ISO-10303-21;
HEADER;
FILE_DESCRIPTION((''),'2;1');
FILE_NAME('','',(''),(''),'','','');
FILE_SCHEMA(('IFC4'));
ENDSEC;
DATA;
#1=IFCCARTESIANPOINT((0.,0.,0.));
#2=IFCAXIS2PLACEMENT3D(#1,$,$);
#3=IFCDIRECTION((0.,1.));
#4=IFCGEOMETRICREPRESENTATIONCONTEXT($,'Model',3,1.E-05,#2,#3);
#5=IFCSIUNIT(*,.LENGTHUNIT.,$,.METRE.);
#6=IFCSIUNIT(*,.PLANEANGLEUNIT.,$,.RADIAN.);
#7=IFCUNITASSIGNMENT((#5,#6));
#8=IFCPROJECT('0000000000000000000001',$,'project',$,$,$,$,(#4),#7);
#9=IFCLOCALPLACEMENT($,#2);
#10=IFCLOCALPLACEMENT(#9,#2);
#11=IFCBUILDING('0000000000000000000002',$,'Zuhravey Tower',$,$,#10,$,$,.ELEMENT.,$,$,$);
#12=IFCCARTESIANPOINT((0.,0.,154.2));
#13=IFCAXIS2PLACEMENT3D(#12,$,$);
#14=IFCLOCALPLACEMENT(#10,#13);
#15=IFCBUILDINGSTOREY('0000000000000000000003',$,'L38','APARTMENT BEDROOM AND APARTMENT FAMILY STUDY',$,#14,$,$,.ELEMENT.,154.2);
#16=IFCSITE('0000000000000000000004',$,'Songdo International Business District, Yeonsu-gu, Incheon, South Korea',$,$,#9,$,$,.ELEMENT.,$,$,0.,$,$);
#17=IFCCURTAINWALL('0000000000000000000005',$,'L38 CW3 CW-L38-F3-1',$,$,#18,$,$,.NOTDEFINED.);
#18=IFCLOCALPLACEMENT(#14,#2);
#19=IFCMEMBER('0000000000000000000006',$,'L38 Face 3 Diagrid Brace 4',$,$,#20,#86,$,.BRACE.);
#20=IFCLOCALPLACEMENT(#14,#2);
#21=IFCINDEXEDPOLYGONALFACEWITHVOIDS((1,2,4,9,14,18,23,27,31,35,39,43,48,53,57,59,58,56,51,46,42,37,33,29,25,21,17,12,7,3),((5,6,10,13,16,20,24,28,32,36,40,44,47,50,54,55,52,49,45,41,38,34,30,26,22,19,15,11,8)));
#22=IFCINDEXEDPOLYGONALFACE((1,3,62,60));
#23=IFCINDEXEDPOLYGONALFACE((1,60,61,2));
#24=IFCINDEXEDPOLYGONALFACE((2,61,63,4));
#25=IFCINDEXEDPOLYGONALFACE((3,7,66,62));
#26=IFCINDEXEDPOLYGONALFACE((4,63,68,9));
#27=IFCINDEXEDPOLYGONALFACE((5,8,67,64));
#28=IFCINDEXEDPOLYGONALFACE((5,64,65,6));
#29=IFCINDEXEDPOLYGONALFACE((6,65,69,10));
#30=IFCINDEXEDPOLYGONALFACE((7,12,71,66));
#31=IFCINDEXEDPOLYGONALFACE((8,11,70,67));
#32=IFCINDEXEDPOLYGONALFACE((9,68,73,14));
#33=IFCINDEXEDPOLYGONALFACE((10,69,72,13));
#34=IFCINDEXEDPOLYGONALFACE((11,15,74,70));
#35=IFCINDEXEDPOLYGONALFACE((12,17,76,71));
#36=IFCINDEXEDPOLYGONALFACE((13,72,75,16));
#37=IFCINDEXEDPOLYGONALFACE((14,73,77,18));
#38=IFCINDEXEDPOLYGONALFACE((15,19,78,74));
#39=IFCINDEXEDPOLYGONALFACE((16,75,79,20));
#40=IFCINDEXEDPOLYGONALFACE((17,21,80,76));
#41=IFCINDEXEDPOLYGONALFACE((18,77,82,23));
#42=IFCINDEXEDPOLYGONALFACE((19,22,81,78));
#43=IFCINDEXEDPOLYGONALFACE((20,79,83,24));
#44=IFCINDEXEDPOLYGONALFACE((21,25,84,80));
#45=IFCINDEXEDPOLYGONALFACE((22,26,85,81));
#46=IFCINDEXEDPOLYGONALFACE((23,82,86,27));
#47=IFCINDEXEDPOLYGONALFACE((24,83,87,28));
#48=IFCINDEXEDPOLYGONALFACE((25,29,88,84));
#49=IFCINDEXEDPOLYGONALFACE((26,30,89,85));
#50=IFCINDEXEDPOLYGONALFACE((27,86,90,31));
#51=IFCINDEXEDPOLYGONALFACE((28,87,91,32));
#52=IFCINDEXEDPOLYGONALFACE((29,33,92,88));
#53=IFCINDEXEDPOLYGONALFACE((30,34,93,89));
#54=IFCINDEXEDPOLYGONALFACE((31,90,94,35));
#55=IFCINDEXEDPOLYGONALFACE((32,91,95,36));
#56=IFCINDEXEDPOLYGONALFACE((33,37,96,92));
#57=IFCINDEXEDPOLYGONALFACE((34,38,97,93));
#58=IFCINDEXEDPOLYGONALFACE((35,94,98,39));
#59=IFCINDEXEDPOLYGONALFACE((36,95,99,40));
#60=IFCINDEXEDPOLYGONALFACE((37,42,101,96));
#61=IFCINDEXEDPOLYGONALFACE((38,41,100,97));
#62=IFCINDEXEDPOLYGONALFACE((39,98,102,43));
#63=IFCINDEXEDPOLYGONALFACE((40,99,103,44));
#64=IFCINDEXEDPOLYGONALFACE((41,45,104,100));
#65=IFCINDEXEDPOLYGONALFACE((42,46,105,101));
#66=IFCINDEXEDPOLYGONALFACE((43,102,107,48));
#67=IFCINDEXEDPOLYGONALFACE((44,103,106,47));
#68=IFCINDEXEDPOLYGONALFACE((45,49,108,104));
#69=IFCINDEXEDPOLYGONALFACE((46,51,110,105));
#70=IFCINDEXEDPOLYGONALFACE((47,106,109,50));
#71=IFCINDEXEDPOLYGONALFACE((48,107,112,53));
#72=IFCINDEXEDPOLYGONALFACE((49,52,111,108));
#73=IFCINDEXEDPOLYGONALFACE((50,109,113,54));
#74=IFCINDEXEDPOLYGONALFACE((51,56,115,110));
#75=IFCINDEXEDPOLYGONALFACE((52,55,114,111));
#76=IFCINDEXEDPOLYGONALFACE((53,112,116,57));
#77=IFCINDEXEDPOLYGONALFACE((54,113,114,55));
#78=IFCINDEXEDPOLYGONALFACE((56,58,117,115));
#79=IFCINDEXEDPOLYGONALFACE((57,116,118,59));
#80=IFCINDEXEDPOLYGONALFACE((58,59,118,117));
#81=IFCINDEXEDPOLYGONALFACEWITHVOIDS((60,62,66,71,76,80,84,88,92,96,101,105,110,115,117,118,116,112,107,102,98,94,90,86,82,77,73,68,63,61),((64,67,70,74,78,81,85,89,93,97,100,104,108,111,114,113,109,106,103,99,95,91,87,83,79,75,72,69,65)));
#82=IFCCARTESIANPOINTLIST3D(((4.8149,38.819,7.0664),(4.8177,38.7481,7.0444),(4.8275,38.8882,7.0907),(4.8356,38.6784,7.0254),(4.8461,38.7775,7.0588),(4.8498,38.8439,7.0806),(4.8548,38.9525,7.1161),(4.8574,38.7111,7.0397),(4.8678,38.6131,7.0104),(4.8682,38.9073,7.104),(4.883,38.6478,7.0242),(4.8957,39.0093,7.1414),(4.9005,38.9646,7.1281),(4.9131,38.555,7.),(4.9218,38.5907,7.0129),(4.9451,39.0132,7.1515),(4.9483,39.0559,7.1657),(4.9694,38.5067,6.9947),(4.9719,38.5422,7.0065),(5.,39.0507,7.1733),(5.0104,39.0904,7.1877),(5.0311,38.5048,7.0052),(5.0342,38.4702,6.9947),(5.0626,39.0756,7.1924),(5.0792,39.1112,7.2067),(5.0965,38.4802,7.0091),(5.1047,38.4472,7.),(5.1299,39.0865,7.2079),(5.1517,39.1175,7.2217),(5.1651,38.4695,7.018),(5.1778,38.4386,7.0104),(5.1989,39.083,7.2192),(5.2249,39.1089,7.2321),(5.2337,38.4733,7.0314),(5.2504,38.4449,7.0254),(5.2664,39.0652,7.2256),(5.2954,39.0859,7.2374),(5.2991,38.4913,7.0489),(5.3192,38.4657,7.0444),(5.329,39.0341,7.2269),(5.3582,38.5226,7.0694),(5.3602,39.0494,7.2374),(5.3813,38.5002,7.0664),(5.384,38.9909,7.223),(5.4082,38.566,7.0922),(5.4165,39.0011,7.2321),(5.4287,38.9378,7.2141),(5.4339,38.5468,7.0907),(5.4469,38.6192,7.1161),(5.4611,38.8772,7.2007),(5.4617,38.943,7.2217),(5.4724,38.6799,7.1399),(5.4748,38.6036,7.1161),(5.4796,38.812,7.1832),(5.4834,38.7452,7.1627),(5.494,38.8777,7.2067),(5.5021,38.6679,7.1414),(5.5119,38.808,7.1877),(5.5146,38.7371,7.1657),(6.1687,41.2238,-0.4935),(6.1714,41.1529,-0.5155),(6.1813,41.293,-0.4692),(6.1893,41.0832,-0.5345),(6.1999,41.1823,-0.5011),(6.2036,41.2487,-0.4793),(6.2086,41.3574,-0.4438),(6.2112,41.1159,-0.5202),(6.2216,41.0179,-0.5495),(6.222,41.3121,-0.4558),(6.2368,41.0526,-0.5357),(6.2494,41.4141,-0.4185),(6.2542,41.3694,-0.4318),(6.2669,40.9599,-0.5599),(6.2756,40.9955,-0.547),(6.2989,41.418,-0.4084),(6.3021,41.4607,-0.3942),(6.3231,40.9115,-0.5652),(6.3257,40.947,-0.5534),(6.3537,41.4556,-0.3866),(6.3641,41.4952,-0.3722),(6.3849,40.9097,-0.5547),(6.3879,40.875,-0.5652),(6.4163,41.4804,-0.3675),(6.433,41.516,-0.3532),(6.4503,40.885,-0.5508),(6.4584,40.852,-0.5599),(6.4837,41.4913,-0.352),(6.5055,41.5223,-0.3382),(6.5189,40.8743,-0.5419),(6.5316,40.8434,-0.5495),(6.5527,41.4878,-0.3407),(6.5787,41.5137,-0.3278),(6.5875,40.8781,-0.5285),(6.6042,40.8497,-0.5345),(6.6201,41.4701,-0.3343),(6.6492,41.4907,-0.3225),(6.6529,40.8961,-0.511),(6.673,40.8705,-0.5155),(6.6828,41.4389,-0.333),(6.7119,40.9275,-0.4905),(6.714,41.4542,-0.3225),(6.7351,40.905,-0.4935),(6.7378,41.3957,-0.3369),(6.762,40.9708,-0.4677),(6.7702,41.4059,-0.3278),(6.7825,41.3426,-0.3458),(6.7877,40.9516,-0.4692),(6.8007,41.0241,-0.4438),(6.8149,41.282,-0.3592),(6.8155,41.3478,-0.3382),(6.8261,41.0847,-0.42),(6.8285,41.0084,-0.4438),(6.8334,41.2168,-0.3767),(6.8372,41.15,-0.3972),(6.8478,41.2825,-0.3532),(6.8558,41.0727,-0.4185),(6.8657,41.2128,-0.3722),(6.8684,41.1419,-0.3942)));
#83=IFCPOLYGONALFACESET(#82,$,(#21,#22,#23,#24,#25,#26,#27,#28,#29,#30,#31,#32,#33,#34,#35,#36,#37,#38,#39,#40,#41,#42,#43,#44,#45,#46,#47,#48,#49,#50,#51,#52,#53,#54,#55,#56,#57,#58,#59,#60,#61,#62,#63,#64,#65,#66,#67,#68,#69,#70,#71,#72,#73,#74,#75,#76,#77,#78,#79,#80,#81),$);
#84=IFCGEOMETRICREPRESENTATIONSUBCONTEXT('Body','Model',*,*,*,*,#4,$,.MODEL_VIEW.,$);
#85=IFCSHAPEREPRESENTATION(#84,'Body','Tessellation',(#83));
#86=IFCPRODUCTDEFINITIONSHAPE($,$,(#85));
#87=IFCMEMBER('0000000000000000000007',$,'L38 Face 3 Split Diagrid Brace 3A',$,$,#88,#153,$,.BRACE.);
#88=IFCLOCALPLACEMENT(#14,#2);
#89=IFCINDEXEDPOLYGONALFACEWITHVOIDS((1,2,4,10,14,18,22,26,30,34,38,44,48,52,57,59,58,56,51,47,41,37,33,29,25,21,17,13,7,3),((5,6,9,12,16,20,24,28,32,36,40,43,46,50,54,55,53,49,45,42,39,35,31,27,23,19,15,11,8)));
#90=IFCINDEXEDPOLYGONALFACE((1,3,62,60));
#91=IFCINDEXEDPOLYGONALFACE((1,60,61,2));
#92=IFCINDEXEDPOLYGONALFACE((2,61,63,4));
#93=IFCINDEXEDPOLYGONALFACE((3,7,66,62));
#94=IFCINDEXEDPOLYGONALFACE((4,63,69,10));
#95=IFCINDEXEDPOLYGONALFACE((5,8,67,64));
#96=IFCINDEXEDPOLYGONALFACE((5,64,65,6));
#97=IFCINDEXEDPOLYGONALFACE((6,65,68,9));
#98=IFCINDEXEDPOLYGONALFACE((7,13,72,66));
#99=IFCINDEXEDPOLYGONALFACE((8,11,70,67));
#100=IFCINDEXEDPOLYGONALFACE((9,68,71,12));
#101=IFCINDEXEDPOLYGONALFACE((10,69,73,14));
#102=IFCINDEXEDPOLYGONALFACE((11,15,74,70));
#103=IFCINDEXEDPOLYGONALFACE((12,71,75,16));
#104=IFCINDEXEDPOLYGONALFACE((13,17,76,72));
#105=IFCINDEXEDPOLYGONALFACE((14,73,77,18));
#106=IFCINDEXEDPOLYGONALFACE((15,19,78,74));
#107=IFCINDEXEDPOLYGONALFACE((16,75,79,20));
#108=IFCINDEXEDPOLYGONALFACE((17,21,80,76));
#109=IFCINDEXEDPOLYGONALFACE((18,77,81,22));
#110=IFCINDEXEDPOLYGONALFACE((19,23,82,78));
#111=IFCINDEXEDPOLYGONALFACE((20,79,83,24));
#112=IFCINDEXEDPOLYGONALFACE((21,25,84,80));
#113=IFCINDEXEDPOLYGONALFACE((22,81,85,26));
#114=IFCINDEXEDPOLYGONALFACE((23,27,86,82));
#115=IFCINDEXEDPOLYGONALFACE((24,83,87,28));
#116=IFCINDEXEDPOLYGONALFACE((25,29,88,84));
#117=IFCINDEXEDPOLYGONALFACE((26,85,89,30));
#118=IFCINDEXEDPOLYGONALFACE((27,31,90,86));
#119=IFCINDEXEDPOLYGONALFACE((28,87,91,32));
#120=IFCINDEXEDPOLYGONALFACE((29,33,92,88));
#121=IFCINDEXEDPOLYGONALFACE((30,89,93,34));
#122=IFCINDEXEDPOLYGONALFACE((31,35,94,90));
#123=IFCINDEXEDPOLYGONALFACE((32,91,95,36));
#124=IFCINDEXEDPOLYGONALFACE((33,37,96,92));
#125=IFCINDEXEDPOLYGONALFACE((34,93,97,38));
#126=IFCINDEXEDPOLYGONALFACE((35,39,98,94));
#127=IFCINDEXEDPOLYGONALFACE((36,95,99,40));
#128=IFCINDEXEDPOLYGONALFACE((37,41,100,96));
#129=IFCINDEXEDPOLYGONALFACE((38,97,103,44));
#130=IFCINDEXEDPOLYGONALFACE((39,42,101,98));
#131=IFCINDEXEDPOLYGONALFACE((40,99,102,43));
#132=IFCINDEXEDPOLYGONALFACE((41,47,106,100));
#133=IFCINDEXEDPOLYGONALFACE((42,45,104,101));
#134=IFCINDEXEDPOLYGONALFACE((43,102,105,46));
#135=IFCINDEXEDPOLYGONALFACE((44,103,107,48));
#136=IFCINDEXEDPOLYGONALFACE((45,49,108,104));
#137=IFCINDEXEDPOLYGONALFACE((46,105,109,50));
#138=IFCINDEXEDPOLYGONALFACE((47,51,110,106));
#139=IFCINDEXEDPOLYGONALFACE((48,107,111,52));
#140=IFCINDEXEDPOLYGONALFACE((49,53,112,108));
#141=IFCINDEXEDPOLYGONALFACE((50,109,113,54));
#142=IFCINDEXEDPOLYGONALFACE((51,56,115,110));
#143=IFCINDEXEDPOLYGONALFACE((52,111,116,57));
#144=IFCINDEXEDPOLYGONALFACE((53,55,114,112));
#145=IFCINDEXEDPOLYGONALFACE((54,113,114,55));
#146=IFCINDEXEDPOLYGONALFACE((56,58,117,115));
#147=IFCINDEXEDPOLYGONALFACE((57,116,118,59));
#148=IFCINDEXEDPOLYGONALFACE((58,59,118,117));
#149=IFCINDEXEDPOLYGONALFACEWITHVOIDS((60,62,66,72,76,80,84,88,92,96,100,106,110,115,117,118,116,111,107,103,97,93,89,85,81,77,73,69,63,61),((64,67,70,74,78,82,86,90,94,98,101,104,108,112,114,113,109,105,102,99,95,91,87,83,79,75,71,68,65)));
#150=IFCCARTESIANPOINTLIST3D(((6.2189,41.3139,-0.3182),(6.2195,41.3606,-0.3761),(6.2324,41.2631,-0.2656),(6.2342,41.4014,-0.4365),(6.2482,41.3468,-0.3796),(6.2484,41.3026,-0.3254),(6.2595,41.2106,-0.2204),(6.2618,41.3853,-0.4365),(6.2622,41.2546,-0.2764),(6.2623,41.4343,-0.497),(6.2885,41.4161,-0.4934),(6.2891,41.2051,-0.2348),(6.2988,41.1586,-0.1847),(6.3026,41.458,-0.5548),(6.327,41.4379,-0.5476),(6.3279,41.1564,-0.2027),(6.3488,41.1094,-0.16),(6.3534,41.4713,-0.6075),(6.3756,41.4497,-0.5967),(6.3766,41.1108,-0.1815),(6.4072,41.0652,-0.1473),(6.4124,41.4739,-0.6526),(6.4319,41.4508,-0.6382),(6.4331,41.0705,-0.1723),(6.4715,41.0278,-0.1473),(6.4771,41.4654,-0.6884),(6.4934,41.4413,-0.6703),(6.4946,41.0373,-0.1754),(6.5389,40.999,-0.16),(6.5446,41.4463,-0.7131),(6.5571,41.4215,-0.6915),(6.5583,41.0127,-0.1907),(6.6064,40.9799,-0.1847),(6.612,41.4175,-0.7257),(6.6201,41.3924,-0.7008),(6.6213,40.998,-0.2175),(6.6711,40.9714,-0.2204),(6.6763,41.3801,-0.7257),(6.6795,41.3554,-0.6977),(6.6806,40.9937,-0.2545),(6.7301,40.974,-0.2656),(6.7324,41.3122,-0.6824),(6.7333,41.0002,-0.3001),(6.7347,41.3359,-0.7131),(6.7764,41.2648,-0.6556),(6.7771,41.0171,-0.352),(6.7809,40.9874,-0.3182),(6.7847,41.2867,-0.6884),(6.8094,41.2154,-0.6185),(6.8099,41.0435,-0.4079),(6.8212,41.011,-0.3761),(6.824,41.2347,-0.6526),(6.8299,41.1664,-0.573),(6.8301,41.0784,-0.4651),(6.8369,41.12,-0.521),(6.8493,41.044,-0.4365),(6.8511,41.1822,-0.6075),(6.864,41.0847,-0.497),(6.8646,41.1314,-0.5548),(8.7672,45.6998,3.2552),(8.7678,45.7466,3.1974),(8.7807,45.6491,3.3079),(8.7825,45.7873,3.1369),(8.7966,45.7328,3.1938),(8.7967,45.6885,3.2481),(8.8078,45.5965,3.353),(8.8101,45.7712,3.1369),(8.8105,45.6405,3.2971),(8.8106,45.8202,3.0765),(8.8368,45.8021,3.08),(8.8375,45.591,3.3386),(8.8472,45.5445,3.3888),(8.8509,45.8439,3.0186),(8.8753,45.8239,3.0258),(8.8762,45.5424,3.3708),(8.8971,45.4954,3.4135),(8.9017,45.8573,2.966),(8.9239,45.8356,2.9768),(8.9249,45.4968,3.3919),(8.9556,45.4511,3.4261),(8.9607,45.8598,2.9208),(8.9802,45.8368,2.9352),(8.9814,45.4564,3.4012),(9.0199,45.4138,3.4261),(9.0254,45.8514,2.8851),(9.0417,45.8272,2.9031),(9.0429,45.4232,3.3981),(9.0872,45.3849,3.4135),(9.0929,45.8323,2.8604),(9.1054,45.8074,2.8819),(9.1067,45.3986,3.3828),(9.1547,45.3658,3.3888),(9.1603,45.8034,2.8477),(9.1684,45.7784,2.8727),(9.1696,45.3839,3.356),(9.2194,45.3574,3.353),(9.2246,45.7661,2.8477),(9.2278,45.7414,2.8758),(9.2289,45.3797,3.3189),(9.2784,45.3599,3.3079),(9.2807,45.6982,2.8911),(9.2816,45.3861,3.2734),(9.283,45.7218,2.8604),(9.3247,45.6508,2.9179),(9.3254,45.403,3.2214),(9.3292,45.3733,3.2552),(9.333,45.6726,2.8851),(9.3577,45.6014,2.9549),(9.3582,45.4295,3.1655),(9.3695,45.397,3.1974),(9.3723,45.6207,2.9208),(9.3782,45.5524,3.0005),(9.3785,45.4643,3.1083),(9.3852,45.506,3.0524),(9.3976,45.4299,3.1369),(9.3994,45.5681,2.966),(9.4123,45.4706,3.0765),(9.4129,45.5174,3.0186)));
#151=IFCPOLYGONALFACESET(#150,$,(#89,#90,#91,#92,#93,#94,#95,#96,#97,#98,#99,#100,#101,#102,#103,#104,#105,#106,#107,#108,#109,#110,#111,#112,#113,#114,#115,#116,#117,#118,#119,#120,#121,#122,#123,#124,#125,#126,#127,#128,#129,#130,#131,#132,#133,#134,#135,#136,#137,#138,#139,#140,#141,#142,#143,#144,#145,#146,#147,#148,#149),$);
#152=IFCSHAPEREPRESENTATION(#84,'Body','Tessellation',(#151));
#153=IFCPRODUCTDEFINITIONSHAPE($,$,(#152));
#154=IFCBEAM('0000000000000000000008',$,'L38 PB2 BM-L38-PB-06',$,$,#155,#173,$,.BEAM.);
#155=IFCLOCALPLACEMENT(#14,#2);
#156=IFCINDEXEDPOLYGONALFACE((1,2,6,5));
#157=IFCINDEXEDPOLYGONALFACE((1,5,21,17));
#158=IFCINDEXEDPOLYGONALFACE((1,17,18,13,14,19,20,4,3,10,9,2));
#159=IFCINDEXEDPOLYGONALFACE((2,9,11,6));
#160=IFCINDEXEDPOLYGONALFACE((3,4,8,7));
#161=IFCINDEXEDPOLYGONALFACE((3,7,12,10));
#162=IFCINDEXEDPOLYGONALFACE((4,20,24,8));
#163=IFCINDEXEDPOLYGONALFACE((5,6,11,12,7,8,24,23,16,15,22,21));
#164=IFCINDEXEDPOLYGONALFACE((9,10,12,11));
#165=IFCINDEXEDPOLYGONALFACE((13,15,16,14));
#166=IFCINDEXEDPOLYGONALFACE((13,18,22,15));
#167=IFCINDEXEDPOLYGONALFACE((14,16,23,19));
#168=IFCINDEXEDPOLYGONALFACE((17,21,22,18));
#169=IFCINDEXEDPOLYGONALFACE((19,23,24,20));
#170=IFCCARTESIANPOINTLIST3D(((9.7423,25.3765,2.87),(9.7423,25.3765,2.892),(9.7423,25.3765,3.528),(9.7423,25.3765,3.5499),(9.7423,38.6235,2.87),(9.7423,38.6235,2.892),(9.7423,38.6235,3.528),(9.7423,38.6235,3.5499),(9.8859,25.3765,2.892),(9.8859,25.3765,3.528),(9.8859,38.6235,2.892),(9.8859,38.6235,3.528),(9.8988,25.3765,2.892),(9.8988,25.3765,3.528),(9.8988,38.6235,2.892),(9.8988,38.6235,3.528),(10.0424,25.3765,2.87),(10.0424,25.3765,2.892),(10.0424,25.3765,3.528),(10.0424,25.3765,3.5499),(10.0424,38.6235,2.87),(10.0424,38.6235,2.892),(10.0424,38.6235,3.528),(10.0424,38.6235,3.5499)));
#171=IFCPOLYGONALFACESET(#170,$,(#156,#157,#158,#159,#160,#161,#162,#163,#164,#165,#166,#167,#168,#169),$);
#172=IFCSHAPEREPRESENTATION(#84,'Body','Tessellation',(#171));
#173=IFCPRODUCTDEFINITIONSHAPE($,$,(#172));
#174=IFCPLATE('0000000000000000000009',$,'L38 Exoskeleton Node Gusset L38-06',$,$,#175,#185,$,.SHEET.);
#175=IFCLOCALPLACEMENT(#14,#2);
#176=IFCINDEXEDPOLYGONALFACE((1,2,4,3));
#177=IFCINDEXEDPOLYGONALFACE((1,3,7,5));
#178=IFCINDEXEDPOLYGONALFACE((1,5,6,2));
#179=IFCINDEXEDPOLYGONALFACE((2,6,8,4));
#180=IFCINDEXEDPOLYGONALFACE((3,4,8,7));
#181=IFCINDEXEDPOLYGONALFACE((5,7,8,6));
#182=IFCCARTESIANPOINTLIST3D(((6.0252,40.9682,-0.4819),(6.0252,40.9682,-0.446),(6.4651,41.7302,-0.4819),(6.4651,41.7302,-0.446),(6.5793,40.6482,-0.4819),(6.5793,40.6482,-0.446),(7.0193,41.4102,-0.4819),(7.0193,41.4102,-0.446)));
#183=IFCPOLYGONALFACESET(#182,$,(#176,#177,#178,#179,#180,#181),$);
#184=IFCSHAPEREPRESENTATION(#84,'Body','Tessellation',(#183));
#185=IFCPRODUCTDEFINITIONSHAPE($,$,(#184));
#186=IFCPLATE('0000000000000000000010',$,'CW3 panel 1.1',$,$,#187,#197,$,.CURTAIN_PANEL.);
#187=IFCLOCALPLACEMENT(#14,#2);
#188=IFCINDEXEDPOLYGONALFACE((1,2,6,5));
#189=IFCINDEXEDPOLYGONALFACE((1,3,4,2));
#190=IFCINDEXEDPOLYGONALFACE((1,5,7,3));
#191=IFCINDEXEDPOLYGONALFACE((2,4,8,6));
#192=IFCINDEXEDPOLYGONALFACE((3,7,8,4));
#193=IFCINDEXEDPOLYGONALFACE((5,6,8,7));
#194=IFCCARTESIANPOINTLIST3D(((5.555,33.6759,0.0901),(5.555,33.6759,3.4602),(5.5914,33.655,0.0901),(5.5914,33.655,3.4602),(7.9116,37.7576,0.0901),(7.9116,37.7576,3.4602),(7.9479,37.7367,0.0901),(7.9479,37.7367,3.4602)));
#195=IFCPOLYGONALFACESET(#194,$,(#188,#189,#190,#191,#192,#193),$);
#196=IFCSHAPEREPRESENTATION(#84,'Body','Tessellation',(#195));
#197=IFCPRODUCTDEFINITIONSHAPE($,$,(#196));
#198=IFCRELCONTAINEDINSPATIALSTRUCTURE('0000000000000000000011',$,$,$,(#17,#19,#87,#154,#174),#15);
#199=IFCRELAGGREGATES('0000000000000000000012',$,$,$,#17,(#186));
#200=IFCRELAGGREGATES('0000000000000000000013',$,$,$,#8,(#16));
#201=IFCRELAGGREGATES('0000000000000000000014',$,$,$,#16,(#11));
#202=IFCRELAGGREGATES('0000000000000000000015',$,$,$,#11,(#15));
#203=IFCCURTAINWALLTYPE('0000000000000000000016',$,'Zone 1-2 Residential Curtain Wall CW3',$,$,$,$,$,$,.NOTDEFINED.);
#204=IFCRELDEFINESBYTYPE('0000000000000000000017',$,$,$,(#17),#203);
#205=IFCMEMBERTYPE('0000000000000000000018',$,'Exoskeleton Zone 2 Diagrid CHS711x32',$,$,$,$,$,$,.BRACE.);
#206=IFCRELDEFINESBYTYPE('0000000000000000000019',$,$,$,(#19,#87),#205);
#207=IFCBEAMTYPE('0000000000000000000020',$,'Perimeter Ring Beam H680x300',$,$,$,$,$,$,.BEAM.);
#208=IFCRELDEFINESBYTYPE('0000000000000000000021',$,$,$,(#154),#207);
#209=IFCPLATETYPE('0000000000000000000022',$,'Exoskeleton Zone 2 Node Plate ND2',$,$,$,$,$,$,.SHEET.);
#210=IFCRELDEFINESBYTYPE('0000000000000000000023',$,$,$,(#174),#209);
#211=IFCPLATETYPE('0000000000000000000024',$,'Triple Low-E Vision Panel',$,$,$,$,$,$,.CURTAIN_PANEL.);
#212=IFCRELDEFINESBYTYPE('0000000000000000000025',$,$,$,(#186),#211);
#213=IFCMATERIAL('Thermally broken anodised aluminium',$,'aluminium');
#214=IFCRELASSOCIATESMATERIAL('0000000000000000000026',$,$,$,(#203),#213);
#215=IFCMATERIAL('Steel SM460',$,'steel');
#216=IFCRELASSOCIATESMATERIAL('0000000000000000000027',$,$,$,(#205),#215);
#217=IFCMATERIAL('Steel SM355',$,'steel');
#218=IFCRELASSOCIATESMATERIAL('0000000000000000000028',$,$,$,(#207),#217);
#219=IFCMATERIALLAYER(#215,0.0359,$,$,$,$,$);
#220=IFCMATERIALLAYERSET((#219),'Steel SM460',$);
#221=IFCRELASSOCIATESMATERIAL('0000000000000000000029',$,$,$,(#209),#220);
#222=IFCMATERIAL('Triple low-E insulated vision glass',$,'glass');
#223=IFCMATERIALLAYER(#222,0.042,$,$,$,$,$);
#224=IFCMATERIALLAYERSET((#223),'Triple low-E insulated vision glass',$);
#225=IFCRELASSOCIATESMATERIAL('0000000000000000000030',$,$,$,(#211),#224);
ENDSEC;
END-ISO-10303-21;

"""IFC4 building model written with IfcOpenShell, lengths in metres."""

from ifc_helpers import new_model, si_unit, direction, frame, origin, origin_2d, place, context, subcontext, project, spatial, rectangle, hollow_circle, i_section, extrude, material, layer, layer_set, material_profile, profile_set, type_object, element, aggregate, save


model = new_model("IFC4")

# Units and contexts
model_context = context("Model", 3, precision=1e-05, world=origin(), true_north=direction((0.0, 1.0)))
body_context = subcontext(model_context, "Body", "Model", "MODEL_VIEW")
ifc_project = project(units=[si_unit("LENGTHUNIT", "METRE"), si_unit("PLANEANGLEUNIT", "RADIAN")], contexts=[model_context])

# Site, building, storey
site_placement = place(None, origin())
site = spatial("IfcSite", under=ifc_project, at=site_placement, Name="Songdo International Business District, Yeonsu-gu, Incheon, South Korea", CompositionType="ELEMENT", RefElevation=0.0)
building_placement = place(site_placement, origin())
building = spatial("IfcBuilding", under=site, at=building_placement, Name="Zuhravey Tower", CompositionType="ELEMENT")
storey_placement = place(building_placement, frame((0.0, 0.0, 154.2)))
storey = spatial("IfcBuildingStorey", under=building, at=storey_placement, Name="L38", Description="APARTMENT BEDROOM AND APARTMENT FAMILY STUDY", CompositionType="ELEMENT", Elevation=154.2)

# Curtain wall
ifc_material_1 = material(Name="Thermally broken anodised aluminium", Category="aluminium")
curtain_wall_type = type_object("IfcCurtainWallType", Name="Zone 1-2 Residential Curtain Wall CW3", PredefinedType="NOTDEFINED", material=ifc_material_1)
curtain_wall_1_placement = place(storey_placement, origin())
curtain_wall_1 = element("IfcCurtainWall", 1, at=curtain_wall_1_placement, inside=storey, type_object=curtain_wall_type, Name="L38 CW3 CW-L38-F3-1", PredefinedType="NOTDEFINED")

# Members
ifc_material_2 = material(Name="Steel SM460", Category="steel")
ifc_material_profile_1 = material_profile(ifc_material_2, hollow_circle(Radius=0.3557, WallThickness=0.032, at=origin_2d()), Name="CHS-711.2x32")
ifc_profile_set_1 = profile_set([ifc_material_profile_1], Name="Steel SM460")
member_type_1 = type_object("IfcMemberType", Name="Exoskeleton Zone 2 Diagrid CHS711x32", PredefinedType="BRACE", material=ifc_profile_set_1)
member_1_placement = place(storey_placement, frame((6.5186, 41.1829, -0.4438), z_axis=(-0.168216, -0.298814, 0.939369), x_axis=(0.87141, -0.490555, 0.0)))
element("IfcMember", 2, at=member_1_placement, inside=storey, type_object=member_type_1, Name="L38 Face 3 Diagrid Brace 4", PredefinedType="BRACE", context=body_context, shape_type="SweptSolid", body=[
    extrude(hollow_circle(Radius=0.3557, WallThickness=0.032, at=origin_2d()), origin(), (0.0, 0.0, 1.0), 8.0479),
])
member_2_placement = place(storey_placement, frame((6.5417, 41.2227, -0.4365), z_axis=(0.410698, 0.706859, 0.575914), x_axis=(-0.864649, 0.502377, 0.0)))
element("IfcMember", 3, at=member_2_placement, inside=storey, type_object=member_type_1, Name="L38 Face 3 Split Diagrid Brace 3A", PredefinedType="BRACE", context=body_context, shape_type="SweptSolid", body=[
    extrude(hollow_circle(Radius=0.3557, WallThickness=0.032, at=origin_2d()), origin(), (0.0, 0.0, 1.0), 6.2048),
])

# Beam
ifc_material_3 = material(Name="Steel SM355", Category="steel")
ifc_material_profile_2 = material_profile(ifc_material_3, i_section(OverallWidth=0.3, OverallDepth=0.6799, WebThickness=0.0129, FlangeThickness=0.022, at=origin_2d()), Name="H-680x300x13x22")
ifc_profile_set_2 = profile_set([ifc_material_profile_2], Name="Steel SM355")
beam_type = type_object("IfcBeamType", Name="Perimeter Ring Beam H680x300", PredefinedType="BEAM", material=ifc_profile_set_2)
beam_placement = place(storey_placement, frame((9.8923, 38.6235, 3.21), z_axis=(0.0, -1.0, 0.0), x_axis=(1.0, 0.0, 0.0)))
element("IfcBeam", 4, at=beam_placement, inside=storey, type_object=beam_type, Name="L38 PB2 BM-L38-PB-06", PredefinedType="BEAM", context=body_context, shape_type="SweptSolid", body=[
    extrude(i_section(OverallWidth=0.3, OverallDepth=0.6799, WebThickness=0.0129, FlangeThickness=0.022, at=origin_2d()), origin(), (0.0, 0.0, 1.0), 13.2471),
])

# Plates
ifc_layer_1 = layer(ifc_material_2, 0.0359)
ifc_layer_set_1 = layer_set([ifc_layer_1], Name="Steel SM460")
plate_type_1 = type_object("IfcPlateType", Name="Exoskeleton Zone 2 Node Plate ND2", PredefinedType="SHEET", material=ifc_layer_set_1)
plate_1_placement = place(storey_placement, frame((6.5222, 41.1892, -0.4819), z_axis=(0.0, 0.0, 1.0), x_axis=(-0.5, -0.866025, 0.0)))
element("IfcPlate", 5, at=plate_1_placement, inside=storey, type_object=plate_type_1, Name="L38 Exoskeleton Node Gusset L38-06", PredefinedType="SHEET", context=body_context, shape_type="SweptSolid", body=[
    extrude(rectangle(XDim=0.8799, YDim=0.6399, at=origin_2d()), origin(), (0.0, 0.0, 1.0), 0.0359),
])
ifc_material_4 = material(Name="Triple low-E insulated vision glass", Category="glass")
ifc_layer_2 = layer(ifc_material_4, 0.042)
ifc_layer_set_2 = layer_set([ifc_layer_2], Name="Triple low-E insulated vision glass")
plate_type_2 = type_object("IfcPlateType", Name="Triple Low-E Vision Panel", PredefinedType="CURTAIN_PANEL", material=ifc_layer_set_2)
plate_2_placement = place(storey_placement, frame((6.7515, 35.7063, 0.0901), z_axis=(0.0, 0.0, 1.0), x_axis=(0.499998, 0.866027, 0.0)))
plate_2 = element("IfcPlate", 6, at=plate_2_placement, type_object=plate_type_2, Name="CW3 panel 1.1", PredefinedType="CURTAIN_PANEL", context=body_context, shape_type="SweptSolid", body=[
    extrude(rectangle(XDim=4.7131, YDim=0.042, at=origin_2d()), origin(), (0.0, 0.0, 1.0), 3.3701),
])
aggregate(curtain_wall_1, [plate_2])

save(model, "model.ifc")
